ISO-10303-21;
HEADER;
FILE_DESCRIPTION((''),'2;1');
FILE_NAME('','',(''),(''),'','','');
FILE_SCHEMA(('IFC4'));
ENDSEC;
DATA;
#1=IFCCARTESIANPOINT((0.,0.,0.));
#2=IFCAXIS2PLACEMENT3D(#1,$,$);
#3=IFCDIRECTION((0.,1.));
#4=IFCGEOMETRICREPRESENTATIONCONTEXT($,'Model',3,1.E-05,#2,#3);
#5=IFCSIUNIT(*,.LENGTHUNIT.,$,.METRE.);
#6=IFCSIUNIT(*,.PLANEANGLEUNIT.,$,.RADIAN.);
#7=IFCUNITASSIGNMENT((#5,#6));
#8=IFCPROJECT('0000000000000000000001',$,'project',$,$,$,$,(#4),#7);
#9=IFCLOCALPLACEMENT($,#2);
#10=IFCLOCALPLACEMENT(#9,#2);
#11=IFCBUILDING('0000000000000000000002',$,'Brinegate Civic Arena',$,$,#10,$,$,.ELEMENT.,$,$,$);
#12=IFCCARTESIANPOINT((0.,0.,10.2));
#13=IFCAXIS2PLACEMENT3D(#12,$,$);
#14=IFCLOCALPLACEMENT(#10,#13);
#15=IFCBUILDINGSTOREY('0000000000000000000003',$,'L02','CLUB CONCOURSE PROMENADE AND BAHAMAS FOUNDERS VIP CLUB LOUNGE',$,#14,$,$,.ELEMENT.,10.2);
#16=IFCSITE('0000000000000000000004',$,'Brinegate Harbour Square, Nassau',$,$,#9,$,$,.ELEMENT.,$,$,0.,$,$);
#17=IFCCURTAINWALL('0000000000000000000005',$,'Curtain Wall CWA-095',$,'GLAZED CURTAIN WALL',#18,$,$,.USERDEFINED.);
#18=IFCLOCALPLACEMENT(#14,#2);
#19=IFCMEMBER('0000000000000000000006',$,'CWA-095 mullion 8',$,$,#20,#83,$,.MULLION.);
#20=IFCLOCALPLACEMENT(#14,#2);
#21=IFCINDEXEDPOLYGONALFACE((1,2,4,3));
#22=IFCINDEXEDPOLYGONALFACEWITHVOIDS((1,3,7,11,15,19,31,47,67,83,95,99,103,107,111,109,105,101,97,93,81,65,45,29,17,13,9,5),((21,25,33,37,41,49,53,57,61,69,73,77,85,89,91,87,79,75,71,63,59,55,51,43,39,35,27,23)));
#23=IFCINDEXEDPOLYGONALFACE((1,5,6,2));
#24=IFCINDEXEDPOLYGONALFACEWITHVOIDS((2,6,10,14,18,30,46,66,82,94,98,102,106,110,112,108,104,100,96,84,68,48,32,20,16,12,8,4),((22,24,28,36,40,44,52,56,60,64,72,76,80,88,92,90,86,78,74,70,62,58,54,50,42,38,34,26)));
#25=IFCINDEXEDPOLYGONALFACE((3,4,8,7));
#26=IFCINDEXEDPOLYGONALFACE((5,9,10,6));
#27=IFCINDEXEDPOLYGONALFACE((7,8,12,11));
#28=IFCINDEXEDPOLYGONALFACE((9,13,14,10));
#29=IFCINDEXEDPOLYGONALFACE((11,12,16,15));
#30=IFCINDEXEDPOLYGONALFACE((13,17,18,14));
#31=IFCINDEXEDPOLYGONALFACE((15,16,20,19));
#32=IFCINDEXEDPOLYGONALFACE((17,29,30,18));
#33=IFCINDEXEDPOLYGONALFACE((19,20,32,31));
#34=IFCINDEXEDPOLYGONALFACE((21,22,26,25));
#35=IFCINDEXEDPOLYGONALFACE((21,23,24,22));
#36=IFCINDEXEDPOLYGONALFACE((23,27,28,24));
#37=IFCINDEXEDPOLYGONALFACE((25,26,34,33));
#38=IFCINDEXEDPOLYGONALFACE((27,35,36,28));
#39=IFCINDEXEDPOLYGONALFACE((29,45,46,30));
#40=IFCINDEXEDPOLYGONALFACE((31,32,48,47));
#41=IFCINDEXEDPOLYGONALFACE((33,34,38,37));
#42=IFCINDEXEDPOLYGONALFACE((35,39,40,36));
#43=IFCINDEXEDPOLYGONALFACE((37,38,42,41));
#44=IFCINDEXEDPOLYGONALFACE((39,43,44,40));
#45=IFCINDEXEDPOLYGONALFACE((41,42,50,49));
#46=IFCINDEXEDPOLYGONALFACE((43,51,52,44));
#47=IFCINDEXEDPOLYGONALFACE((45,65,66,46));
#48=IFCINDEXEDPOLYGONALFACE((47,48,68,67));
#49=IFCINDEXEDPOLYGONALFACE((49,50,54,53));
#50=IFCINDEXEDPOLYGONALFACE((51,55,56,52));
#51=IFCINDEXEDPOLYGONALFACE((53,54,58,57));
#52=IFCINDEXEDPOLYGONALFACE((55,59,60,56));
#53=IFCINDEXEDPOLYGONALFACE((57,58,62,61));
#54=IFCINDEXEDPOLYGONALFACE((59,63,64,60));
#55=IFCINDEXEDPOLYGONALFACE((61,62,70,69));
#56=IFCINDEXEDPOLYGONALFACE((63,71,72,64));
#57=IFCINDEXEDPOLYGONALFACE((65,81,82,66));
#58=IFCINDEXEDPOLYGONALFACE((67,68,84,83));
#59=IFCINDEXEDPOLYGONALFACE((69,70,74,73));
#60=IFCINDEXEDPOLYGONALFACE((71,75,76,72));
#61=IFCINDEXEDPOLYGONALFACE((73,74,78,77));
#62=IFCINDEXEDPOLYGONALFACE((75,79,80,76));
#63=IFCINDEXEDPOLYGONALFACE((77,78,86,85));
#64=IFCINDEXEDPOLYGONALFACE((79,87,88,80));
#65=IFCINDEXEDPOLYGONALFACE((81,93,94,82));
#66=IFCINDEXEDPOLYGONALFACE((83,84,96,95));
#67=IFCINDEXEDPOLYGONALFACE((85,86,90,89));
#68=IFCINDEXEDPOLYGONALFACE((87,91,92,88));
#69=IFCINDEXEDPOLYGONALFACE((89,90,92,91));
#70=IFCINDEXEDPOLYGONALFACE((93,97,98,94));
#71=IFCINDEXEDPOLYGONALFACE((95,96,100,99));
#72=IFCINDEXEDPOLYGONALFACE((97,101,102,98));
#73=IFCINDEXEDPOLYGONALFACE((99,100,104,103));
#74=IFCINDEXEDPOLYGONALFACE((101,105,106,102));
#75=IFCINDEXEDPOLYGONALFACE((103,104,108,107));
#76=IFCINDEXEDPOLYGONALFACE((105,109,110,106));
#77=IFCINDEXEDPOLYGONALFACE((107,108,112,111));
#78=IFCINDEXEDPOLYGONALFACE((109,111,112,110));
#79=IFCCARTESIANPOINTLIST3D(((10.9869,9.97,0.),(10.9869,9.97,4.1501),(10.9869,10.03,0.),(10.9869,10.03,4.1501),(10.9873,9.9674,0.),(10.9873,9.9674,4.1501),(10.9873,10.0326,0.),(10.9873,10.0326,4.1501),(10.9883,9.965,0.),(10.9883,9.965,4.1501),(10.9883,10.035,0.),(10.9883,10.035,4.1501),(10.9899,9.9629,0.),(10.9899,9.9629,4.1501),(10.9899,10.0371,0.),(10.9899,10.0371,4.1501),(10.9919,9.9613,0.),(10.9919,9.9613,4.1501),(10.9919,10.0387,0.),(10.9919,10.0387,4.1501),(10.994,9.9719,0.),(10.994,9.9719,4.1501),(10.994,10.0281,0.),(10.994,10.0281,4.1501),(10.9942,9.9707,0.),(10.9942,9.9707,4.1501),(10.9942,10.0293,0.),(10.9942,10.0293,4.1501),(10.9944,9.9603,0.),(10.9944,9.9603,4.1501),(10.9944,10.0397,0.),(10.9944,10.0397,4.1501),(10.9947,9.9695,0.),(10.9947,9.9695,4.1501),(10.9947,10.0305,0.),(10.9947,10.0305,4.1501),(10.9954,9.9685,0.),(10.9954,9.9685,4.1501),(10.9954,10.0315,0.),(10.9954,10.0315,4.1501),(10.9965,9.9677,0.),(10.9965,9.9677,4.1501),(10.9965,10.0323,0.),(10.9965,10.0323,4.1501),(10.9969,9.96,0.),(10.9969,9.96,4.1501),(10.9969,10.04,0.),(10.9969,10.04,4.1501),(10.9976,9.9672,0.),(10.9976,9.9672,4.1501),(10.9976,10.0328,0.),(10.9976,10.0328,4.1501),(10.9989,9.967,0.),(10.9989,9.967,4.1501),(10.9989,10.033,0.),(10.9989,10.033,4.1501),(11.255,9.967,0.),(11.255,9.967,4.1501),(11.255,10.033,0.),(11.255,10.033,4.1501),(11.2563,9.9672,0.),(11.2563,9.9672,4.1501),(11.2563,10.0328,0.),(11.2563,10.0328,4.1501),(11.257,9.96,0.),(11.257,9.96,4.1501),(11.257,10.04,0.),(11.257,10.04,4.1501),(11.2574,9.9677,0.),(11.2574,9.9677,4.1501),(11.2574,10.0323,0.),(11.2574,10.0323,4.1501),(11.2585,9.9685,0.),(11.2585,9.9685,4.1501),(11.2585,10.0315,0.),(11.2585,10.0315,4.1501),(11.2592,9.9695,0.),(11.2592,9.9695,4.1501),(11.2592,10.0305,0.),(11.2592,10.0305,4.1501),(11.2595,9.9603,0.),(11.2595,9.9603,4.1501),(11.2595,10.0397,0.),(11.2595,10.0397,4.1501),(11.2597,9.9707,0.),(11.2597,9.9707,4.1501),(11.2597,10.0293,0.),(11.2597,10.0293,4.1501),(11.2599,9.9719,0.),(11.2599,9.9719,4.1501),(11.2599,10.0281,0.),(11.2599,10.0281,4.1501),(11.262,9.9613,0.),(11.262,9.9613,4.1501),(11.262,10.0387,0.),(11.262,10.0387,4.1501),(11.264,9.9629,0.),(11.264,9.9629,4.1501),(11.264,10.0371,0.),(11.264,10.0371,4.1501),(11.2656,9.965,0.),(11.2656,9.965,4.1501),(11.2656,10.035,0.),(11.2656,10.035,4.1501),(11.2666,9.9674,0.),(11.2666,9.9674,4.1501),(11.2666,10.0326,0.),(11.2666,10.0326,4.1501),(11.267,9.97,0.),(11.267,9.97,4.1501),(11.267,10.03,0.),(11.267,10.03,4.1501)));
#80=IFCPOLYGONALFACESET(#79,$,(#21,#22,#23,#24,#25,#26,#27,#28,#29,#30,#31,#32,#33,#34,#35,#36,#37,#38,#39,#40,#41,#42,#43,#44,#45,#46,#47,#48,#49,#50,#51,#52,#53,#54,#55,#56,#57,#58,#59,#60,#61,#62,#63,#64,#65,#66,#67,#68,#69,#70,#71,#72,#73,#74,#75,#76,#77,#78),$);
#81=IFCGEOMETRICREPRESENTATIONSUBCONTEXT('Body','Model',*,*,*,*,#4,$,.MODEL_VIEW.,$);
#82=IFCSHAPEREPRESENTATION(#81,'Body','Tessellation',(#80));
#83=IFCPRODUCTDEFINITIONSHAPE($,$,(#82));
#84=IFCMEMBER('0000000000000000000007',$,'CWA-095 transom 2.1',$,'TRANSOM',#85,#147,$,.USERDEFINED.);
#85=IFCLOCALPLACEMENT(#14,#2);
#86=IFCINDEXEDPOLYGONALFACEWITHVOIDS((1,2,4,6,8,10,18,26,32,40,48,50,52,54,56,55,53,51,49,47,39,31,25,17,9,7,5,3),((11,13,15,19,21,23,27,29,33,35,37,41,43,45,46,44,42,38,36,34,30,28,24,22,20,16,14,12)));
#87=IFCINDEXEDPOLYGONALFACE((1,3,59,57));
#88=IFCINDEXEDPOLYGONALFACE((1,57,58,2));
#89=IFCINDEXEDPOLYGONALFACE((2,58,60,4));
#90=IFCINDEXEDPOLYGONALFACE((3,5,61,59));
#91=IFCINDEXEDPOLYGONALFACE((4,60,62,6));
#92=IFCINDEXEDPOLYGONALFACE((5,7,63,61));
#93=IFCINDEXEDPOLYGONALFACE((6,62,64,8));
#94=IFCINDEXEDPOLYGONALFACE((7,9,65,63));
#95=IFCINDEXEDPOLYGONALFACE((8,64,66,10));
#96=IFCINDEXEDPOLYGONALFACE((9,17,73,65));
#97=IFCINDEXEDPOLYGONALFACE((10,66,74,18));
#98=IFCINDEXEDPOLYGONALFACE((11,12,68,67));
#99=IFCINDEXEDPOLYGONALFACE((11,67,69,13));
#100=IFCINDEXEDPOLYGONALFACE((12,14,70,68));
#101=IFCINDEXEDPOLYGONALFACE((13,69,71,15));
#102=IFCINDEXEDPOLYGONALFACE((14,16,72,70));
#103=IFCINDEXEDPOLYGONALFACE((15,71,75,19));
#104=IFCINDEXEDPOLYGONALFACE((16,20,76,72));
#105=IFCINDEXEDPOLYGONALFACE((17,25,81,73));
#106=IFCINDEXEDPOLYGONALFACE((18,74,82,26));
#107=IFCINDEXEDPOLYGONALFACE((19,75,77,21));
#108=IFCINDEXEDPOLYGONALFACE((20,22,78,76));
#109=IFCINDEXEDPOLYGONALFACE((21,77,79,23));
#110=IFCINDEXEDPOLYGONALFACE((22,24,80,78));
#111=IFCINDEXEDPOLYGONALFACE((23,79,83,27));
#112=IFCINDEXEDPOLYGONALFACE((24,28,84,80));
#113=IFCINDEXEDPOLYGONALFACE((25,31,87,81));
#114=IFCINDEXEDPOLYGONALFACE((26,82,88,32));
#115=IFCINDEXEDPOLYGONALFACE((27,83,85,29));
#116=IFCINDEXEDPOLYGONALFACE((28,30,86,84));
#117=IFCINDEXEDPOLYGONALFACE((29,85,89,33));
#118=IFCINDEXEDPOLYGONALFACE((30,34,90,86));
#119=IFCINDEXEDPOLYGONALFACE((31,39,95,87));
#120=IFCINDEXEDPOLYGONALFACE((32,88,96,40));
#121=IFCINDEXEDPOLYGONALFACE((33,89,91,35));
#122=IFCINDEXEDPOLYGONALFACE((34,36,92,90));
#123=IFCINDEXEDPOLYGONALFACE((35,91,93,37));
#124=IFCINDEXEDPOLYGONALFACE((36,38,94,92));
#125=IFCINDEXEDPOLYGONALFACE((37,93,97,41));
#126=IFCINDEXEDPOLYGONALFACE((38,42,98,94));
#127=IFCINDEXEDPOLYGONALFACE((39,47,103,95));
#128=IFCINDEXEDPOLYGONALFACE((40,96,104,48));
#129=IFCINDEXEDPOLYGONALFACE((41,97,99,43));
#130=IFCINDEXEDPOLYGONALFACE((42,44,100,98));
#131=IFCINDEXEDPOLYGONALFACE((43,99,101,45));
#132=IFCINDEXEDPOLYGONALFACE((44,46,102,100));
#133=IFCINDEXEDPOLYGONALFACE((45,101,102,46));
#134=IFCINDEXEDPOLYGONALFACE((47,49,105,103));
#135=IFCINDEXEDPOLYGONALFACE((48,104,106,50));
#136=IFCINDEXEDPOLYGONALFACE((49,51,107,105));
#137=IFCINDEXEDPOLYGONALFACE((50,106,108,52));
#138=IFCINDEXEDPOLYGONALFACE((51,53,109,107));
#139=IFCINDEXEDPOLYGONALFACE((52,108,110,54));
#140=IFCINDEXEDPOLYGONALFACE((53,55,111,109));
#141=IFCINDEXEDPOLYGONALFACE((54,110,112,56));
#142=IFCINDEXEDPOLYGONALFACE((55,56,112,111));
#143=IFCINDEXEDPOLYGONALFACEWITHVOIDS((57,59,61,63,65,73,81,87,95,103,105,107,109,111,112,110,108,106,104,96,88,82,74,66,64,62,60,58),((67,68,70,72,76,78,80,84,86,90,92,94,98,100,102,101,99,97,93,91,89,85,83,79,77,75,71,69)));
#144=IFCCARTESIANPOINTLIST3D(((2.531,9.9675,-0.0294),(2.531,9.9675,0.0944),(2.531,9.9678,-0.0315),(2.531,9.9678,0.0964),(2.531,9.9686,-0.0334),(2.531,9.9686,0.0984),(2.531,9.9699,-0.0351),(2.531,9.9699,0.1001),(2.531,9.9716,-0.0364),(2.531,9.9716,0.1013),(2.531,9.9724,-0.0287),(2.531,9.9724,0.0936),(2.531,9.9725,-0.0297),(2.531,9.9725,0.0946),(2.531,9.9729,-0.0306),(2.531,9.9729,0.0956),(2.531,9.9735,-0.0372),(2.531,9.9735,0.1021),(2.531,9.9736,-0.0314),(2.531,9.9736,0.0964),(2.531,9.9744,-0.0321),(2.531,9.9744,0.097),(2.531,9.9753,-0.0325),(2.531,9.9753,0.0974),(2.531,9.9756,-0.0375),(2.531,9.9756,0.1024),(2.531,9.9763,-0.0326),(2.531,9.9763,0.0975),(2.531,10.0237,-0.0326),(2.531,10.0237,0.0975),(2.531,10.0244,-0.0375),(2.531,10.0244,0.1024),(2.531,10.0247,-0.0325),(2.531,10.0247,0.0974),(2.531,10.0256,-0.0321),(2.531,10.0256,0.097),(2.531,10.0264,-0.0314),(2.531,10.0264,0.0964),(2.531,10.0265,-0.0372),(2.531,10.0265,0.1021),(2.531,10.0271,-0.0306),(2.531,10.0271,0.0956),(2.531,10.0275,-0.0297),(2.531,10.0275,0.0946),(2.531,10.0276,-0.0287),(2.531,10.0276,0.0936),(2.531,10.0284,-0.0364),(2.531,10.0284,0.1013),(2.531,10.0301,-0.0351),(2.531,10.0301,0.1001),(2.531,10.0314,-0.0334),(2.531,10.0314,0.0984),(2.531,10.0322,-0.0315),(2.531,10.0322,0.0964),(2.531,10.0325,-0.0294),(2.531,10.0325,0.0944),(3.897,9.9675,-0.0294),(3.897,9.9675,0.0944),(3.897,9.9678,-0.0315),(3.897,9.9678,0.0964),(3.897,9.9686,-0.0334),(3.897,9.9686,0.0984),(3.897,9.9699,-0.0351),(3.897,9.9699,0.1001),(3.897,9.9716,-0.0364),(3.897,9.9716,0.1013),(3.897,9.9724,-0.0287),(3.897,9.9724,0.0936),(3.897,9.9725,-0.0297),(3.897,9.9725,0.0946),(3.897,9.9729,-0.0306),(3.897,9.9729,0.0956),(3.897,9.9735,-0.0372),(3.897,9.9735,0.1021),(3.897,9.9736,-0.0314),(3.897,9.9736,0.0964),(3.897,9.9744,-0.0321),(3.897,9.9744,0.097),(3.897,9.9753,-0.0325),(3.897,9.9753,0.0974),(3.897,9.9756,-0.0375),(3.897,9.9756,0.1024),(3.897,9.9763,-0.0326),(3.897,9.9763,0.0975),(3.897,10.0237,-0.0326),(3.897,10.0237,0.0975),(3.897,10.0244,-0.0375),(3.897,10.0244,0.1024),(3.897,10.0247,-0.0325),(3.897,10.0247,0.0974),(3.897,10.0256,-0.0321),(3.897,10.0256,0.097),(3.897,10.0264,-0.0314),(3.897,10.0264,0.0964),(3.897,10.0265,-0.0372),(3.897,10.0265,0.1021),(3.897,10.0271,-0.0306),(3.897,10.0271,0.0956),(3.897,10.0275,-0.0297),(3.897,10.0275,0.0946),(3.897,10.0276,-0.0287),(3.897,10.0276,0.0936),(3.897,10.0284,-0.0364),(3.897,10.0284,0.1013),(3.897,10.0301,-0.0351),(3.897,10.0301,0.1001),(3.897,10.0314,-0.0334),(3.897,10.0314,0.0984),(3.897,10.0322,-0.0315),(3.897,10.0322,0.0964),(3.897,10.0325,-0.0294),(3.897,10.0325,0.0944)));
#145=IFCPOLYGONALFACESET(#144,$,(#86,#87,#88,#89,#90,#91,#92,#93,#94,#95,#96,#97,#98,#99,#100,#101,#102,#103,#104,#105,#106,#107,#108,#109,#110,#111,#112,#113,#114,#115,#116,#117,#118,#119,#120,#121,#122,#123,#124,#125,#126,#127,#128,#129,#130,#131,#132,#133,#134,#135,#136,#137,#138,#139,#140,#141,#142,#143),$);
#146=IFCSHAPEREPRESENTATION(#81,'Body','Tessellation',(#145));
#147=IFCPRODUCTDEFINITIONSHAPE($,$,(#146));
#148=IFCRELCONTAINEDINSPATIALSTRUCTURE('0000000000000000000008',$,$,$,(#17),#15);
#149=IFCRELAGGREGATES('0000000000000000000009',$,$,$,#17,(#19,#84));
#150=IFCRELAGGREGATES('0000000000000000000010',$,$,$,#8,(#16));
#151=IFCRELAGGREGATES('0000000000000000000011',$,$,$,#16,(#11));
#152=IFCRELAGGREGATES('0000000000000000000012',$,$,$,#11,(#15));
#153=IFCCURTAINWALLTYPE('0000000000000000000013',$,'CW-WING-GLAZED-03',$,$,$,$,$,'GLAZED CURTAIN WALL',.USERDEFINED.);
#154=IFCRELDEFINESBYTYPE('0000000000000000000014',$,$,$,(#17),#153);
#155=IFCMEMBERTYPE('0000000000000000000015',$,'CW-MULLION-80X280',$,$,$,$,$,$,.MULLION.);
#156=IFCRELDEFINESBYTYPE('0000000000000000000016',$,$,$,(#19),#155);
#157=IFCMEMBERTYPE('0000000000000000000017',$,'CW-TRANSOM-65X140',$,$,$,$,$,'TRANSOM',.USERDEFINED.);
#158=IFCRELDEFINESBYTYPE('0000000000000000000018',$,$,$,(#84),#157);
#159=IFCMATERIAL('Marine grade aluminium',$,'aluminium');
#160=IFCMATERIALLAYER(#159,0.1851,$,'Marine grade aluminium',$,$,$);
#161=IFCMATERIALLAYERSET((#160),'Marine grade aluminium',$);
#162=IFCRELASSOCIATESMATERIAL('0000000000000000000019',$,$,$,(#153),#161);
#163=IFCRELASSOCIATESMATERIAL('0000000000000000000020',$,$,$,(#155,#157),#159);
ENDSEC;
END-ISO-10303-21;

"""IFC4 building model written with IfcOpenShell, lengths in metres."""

from ifc_helpers import new_model, si_unit, direction, frame, origin, origin_2d, place, context, subcontext, project, spatial, hollow_rectangle, extrude, material, layer, layer_set, material_profile, profile_set, type_object, element, aggregate, save


model = new_model("IFC4")

# Units and contexts
model_context = context("Model", 3, precision=1e-05, world=origin(), true_north=direction((0.0, 1.0)))
body_context = subcontext(model_context, "Body", "Model", "MODEL_VIEW")
ifc_project = project(units=[si_unit("LENGTHUNIT", "METRE"), si_unit("PLANEANGLEUNIT", "RADIAN")], contexts=[model_context])

# Site, building, storey
site_placement = place(None, origin())
site = spatial("IfcSite", under=ifc_project, at=site_placement, Name="Brinegate Harbour Square, Nassau", CompositionType="ELEMENT", RefElevation=0.0)
building_placement = place(site_placement, origin())
building = spatial("IfcBuilding", under=site, at=building_placement, Name="Brinegate Civic Arena", CompositionType="ELEMENT")
storey_placement = place(building_placement, frame((0.0, 0.0, 10.2)))
storey = spatial("IfcBuildingStorey", under=building, at=storey_placement, Name="L02", Description="CLUB CONCOURSE PROMENADE AND BAHAMAS FOUNDERS VIP CLUB LOUNGE", CompositionType="ELEMENT", Elevation=10.2)

# Curtain wall, members
ifc_material_1 = material(Name="Marine grade aluminium", Category="aluminium")
ifc_layer_1 = layer(ifc_material_1, 0.1851, Name="Marine grade aluminium")
ifc_layer_set_1 = layer_set([ifc_layer_1], Name="Marine grade aluminium")
curtain_wall_type = type_object("IfcCurtainWallType", Name="CW-WING-GLAZED-03", ElementType="GLAZED CURTAIN WALL", PredefinedType="USERDEFINED", material=ifc_layer_set_1)
curtain_wall_placement = place(storey_placement, origin())
curtain_wall = element("IfcCurtainWall", 1, at=curtain_wall_placement, inside=storey, type_object=curtain_wall_type, Name="Curtain Wall CWA-095", ObjectType="GLAZED CURTAIN WALL", PredefinedType="USERDEFINED")
ifc_material_profile_1 = material_profile(ifc_material_1, hollow_rectangle(XDim=0.0801, YDim=0.28, WallThickness=0.0071, InnerFilletRadius=0.0049, OuterFilletRadius=0.01, at=origin_2d()), Name="MUL80X280")
ifc_profile_set_1 = profile_set([ifc_material_profile_1], Name="Marine grade aluminium")
member_type_1 = type_object("IfcMemberType", Name="CW-MULLION-80X280", PredefinedType="MULLION", material=ifc_profile_set_1)
member_1_placement = place(storey_placement, frame((11.127, 10.0, 0.0), z_axis=(0.0, 0.0, 1.0), x_axis=(0.0, 1.0, 0.0)))
member_1 = element("IfcMember", 2, at=member_1_placement, type_object=member_type_1, Name="CWA-095 mullion 8", PredefinedType="MULLION", context=body_context, shape_type="SweptSolid", body=[
    extrude(hollow_rectangle(XDim=0.0801, YDim=0.28, WallThickness=0.0071, InnerFilletRadius=0.0049, OuterFilletRadius=0.01, at=origin_2d()), origin(), (0.0, 0.0, 1.0), 4.1501),
])
ifc_material_profile_2 = material_profile(ifc_material_1, hollow_rectangle(XDim=0.0649, YDim=0.1399, WallThickness=0.0049, InnerFilletRadius=0.0039, OuterFilletRadius=0.0081, at=origin_2d()), Name="TRN65X140")
ifc_profile_set_2 = profile_set([ifc_material_profile_2], Name="Marine grade aluminium")
member_type_2 = type_object("IfcMemberType", Name="CW-TRANSOM-65X140", ElementType="TRANSOM", PredefinedType="USERDEFINED", material=ifc_profile_set_2)
member_2_placement = place(storey_placement, frame((2.531, 10.0, 0.0325), z_axis=(1.0, 0.0, 0.0), x_axis=(0.0, 1.0, 0.0)))
member_2 = element("IfcMember", 3, at=member_2_placement, type_object=member_type_2, Name="CWA-095 transom 2.1", ObjectType="TRANSOM", PredefinedType="USERDEFINED", context=body_context, shape_type="SweptSolid", body=[
    extrude(hollow_rectangle(XDim=0.0649, YDim=0.1399, WallThickness=0.0049, InnerFilletRadius=0.0039, OuterFilletRadius=0.0081, at=origin_2d()), origin(), (0.0, 0.0, 1.0), 1.366),
])
aggregate(curtain_wall, [member_1, member_2])

save(model, "model.ifc")
